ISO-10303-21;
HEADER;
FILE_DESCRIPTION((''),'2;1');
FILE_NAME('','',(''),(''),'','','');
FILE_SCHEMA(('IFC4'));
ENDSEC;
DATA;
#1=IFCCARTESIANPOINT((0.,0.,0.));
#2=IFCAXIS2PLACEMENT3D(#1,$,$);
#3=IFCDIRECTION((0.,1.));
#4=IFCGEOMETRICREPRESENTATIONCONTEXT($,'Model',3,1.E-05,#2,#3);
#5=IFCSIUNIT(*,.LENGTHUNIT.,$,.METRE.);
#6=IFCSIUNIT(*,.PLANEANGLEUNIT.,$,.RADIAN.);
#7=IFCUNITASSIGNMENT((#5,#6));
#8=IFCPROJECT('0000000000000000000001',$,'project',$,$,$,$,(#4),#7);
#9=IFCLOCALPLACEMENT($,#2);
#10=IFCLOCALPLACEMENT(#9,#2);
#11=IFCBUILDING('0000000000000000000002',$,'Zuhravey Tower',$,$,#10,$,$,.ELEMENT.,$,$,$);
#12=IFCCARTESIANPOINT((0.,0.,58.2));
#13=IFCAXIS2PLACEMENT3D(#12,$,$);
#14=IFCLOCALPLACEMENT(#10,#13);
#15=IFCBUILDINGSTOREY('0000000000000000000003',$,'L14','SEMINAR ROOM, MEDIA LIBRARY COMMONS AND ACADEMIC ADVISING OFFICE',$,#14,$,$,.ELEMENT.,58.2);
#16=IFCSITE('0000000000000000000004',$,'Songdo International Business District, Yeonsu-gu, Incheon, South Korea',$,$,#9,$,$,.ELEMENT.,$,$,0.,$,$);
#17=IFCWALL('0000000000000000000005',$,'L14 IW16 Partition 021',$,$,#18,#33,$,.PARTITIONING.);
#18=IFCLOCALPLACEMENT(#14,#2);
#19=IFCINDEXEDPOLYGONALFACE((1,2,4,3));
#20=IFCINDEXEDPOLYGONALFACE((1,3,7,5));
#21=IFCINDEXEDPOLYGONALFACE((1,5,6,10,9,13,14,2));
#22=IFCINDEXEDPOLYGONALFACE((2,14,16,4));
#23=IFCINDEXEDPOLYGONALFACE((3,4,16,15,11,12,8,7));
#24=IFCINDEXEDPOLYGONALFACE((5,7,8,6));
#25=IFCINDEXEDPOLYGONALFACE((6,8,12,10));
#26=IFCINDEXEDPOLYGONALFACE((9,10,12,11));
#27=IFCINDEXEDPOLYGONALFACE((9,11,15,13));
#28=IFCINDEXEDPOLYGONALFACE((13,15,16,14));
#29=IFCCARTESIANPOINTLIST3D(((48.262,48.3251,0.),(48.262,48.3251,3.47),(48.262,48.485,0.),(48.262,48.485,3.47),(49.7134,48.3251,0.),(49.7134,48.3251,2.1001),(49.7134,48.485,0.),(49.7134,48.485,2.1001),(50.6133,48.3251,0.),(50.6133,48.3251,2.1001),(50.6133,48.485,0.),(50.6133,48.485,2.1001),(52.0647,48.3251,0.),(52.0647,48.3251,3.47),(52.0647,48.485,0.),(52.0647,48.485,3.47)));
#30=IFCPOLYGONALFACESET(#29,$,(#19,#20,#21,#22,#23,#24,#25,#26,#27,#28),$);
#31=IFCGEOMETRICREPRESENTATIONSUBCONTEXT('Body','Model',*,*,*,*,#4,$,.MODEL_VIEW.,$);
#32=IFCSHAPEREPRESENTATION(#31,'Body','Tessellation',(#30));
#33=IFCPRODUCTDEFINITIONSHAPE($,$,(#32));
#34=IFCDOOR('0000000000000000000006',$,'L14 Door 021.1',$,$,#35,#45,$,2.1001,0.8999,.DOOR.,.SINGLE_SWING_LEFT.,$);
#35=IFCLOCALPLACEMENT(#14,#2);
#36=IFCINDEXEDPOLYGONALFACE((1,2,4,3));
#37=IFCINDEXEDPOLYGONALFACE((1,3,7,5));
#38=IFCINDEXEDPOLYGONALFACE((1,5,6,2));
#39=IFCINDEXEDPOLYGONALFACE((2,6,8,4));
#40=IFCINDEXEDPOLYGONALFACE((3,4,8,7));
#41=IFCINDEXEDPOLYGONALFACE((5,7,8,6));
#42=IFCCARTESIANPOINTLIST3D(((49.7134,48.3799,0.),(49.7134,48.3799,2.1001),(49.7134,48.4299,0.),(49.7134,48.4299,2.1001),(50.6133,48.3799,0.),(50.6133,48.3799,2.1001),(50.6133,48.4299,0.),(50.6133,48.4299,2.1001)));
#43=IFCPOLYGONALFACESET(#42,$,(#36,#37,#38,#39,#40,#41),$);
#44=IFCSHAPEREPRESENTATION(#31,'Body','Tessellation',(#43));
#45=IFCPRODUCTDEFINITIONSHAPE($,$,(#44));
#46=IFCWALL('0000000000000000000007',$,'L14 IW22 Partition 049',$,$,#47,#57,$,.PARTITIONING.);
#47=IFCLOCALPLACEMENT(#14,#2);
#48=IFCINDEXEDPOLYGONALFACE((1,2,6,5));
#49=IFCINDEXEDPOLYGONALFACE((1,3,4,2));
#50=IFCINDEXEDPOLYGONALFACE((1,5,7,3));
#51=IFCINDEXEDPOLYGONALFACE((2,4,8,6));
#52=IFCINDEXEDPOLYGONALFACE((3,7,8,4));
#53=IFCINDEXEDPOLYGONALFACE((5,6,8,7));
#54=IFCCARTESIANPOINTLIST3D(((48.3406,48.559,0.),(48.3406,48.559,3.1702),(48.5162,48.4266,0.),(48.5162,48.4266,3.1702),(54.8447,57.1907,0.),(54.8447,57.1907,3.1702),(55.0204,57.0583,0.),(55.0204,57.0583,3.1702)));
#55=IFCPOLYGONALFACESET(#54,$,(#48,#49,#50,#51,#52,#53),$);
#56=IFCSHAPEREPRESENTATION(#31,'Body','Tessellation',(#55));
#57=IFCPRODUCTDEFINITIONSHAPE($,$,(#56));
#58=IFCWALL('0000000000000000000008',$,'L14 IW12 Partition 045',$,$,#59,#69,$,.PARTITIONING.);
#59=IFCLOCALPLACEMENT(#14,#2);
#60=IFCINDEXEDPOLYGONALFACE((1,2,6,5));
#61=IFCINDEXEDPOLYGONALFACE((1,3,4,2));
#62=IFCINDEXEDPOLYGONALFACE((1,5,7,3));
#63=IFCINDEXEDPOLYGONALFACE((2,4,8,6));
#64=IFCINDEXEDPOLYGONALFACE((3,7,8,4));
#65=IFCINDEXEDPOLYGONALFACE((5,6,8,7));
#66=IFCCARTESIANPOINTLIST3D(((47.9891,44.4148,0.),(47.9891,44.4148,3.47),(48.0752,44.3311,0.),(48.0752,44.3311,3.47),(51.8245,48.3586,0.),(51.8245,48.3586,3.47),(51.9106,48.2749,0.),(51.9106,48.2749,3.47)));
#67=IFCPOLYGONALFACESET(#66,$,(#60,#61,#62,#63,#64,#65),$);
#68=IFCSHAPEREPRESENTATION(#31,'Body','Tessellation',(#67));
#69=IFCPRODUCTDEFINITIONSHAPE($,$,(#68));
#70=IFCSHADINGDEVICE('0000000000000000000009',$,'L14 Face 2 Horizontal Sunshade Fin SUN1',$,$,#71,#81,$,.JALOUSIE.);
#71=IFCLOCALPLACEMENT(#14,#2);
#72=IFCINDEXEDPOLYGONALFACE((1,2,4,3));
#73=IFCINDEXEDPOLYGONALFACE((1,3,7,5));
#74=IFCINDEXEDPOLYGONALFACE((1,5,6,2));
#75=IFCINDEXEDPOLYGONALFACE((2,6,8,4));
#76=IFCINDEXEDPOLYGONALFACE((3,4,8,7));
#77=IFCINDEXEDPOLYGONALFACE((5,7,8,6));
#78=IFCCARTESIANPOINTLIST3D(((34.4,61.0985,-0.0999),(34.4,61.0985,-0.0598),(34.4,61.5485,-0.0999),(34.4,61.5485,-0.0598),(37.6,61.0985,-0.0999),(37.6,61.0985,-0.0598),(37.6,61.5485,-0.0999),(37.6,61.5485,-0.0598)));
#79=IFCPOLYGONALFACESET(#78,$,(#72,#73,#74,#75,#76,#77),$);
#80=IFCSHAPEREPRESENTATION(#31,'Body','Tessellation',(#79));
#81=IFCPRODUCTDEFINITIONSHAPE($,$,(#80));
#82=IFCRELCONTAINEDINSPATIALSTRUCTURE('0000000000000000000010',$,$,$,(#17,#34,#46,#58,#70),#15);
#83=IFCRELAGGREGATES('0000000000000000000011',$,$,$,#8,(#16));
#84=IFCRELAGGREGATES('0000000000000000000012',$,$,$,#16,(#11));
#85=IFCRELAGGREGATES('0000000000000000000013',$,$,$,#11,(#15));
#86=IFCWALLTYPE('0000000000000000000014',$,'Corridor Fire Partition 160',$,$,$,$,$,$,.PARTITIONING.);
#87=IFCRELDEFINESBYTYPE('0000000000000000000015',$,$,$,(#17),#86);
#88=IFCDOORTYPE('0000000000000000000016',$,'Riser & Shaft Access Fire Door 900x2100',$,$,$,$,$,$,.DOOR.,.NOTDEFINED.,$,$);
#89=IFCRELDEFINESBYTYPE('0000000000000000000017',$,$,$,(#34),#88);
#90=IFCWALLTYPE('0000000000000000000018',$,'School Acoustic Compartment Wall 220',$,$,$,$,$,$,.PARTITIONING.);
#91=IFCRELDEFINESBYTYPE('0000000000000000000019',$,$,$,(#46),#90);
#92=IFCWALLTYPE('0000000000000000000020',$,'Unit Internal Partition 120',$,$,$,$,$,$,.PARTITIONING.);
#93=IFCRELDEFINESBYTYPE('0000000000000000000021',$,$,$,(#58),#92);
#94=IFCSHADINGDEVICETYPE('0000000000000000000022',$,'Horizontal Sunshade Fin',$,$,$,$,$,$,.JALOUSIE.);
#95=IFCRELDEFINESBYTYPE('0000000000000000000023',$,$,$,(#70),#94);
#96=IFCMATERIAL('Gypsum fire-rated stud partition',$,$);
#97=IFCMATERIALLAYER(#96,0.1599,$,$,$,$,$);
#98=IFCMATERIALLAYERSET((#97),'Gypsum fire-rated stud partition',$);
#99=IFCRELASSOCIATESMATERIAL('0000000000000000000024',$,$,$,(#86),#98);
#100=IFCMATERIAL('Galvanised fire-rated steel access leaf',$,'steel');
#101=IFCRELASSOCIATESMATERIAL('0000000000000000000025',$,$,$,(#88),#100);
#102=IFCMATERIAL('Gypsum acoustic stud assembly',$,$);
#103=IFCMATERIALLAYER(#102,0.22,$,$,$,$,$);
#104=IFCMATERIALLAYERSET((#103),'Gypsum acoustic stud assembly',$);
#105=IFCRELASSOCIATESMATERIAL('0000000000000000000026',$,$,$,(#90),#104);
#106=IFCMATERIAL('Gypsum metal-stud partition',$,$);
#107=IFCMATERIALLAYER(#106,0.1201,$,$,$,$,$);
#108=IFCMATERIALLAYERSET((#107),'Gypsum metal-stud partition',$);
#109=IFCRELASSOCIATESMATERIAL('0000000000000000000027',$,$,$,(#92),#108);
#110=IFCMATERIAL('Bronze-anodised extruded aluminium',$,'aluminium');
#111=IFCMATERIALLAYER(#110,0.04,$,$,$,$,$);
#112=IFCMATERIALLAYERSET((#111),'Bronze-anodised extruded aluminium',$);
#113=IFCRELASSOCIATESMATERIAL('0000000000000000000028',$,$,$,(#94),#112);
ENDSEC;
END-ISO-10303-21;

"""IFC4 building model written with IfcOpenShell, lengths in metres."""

from ifc_helpers import new_model, si_unit, direction, frame, frame_2d, origin, origin_2d, place, context, subcontext, project, spatial, rectangle, extrude, material, layer, layer_set, type_object, element, fill, save


model = new_model("IFC4")

# Units and contexts
model_context = context("Model", 3, precision=1e-05, world=origin(), true_north=direction((0.0, 1.0)))
body_context = subcontext(model_context, "Body", "Model", "MODEL_VIEW")
ifc_project = project(units=[si_unit("LENGTHUNIT", "METRE"), si_unit("PLANEANGLEUNIT", "RADIAN")], contexts=[model_context])

# Site, building, storey
site_placement = place(None, origin())
site = spatial("IfcSite", under=ifc_project, at=site_placement, Name="Songdo International Business District, Yeonsu-gu, Incheon, South Korea", CompositionType="ELEMENT", RefElevation=0.0)
building_placement = place(site_placement, origin())
building = spatial("IfcBuilding", under=site, at=building_placement, Name="Zuhravey Tower", CompositionType="ELEMENT")
storey_placement = place(building_placement, frame((0.0, 0.0, 58.2)))
storey = spatial("IfcBuildingStorey", under=building, at=storey_placement, Name="L14", Description="SEMINAR ROOM, MEDIA LIBRARY COMMONS AND ACADEMIC ADVISING OFFICE", CompositionType="ELEMENT", Elevation=58.2)

# Wall, opening, door
ifc_material_1 = material(Name="Gypsum fire-rated stud partition")
ifc_layer_1 = layer(ifc_material_1, 0.1599)
ifc_layer_set_1 = layer_set([ifc_layer_1], Name="Gypsum fire-rated stud partition")
wall_type_1 = type_object("IfcWallType", Name="Corridor Fire Partition 160", PredefinedType="PARTITIONING", material=ifc_layer_set_1)
wall_1_placement = place(storey_placement, frame((48.262, 48.405, 0.0), z_axis=(0.0, 0.0, 1.0), x_axis=(1.0, 0.0, 0.0)))
wall_1 = element("IfcWall", 1, at=wall_1_placement, inside=storey, type_object=wall_type_1, Name="L14 IW16 Partition 021", PredefinedType="PARTITIONING", context=body_context, shape_type="SweptSolid", body=[
    extrude(rectangle(XDim=3.8027, YDim=0.1599, at=frame_2d((1.9014, 0.0))), origin(), (0.0, 0.0, 1.0), 3.47),
])
opening_placement = place(wall_1_placement, frame((1.4514, 0.0, 0.0)))
opening = element("IfcOpeningElement", 2, at=opening_placement, cuts=wall_1, PredefinedType="OPENING", context=body_context, shape_type="SweptSolid", body=[
    extrude(rectangle(XDim=0.8999, YDim=2.1001, at=frame_2d((0.45, 1.05))), frame((0.0, 0.092, 0.0), z_axis=(0.0, -1.0, 0.0), x_axis=(1.0, 0.0, 0.0)), (0.0, 0.0, 1.0), 0.1838),
])
ifc_material_2 = material(Name="Galvanised fire-rated steel access leaf", Category="steel")
door_type = type_object("IfcDoorType", Name="Riser & Shaft Access Fire Door 900x2100", OperationType="NOTDEFINED", PredefinedType="DOOR", material=ifc_material_2)
door_placement = place(opening_placement, origin())
door = element("IfcDoor", 3, at=door_placement, inside=storey, type_object=door_type, Name="L14 Door 021.1", OperationType="SINGLE_SWING_LEFT", OverallHeight=2.1001, OverallWidth=0.8999, PredefinedType="DOOR", context=body_context, shape_type="SweptSolid", body=[
    extrude(rectangle(XDim=0.8999, YDim=2.1001, at=frame_2d((0.45, 1.05))), frame((0.0, 0.0249, 0.0), z_axis=(0.0, -1.0, 0.0), x_axis=(1.0, 0.0, 0.0)), (0.0, 0.0, 1.0), 0.05),
])
fill(opening, door)

# Walls
ifc_material_3 = material(Name="Gypsum acoustic stud assembly")
ifc_layer_2 = layer(ifc_material_3, 0.22)
ifc_layer_set_2 = layer_set([ifc_layer_2], Name="Gypsum acoustic stud assembly")
wall_type_2 = type_object("IfcWallType", Name="School Acoustic Compartment Wall 220", PredefinedType="PARTITIONING", material=ifc_layer_set_2)
wall_2_placement = place(storey_placement, frame((48.4285, 48.4929, 0.0), z_axis=(0.0, 0.0, 1.0), x_axis=(0.601802, 0.798645, 0.0)))
element("IfcWall", 4, at=wall_2_placement, inside=storey, type_object=wall_type_2, Name="L14 IW22 Partition 049", PredefinedType="PARTITIONING", context=body_context, shape_type="SweptSolid", body=[
    extrude(rectangle(XDim=10.8079, YDim=0.22, at=frame_2d((5.4038, 0.0))), origin(), (0.0, 0.0, 1.0), 3.1702),
])
ifc_material_4 = material(Name="Gypsum metal-stud partition")
ifc_layer_3 = layer(ifc_material_4, 0.1201)
ifc_layer_set_3 = layer_set([ifc_layer_3], Name="Gypsum metal-stud partition")
wall_type_3 = type_object("IfcWallType", Name="Unit Internal Partition 120", PredefinedType="PARTITIONING", material=ifc_layer_set_3)
wall_3_placement = place(storey_placement, frame((48.0322, 44.373, 0.0), z_axis=(0.0, 0.0, 1.0), x_axis=(0.697186, 0.71689, 0.0)))
element("IfcWall", 5, at=wall_3_placement, inside=storey, type_object=wall_type_3, Name="L14 IW12 Partition 045", PredefinedType="PARTITIONING", context=body_context, shape_type="SweptSolid", body=[
    extrude(rectangle(XDim=5.5012, YDim=0.1201, at=frame_2d((2.7505, 0.0))), origin(), (0.0, 0.0, 1.0), 3.47),
])

# Shading device
ifc_material_5 = material(Name="Bronze-anodised extruded aluminium", Category="aluminium")
ifc_layer_4 = layer(ifc_material_5, 0.04)
ifc_layer_set_4 = layer_set([ifc_layer_4], Name="Bronze-anodised extruded aluminium")
shading_device_type = type_object("IfcShadingDeviceType", Name="Horizontal Sunshade Fin", PredefinedType="JALOUSIE", material=ifc_layer_set_4)
shading_device_placement = place(storey_placement, frame((36.0, 61.3235, -0.0999), z_axis=(0.0, 0.0, 1.0), x_axis=(1.0, 0.0, 0.0)))
element("IfcShadingDevice", 6, at=shading_device_placement, inside=storey, type_object=shading_device_type, Name="L14 Face 2 Horizontal Sunshade Fin SUN1", PredefinedType="JALOUSIE", context=body_context, shape_type="SweptSolid", body=[
    extrude(rectangle(XDim=3.2, YDim=0.45, at=origin_2d()), origin(), (0.0, 0.0, 1.0), 0.04),
])

save(model, "model.ifc")
